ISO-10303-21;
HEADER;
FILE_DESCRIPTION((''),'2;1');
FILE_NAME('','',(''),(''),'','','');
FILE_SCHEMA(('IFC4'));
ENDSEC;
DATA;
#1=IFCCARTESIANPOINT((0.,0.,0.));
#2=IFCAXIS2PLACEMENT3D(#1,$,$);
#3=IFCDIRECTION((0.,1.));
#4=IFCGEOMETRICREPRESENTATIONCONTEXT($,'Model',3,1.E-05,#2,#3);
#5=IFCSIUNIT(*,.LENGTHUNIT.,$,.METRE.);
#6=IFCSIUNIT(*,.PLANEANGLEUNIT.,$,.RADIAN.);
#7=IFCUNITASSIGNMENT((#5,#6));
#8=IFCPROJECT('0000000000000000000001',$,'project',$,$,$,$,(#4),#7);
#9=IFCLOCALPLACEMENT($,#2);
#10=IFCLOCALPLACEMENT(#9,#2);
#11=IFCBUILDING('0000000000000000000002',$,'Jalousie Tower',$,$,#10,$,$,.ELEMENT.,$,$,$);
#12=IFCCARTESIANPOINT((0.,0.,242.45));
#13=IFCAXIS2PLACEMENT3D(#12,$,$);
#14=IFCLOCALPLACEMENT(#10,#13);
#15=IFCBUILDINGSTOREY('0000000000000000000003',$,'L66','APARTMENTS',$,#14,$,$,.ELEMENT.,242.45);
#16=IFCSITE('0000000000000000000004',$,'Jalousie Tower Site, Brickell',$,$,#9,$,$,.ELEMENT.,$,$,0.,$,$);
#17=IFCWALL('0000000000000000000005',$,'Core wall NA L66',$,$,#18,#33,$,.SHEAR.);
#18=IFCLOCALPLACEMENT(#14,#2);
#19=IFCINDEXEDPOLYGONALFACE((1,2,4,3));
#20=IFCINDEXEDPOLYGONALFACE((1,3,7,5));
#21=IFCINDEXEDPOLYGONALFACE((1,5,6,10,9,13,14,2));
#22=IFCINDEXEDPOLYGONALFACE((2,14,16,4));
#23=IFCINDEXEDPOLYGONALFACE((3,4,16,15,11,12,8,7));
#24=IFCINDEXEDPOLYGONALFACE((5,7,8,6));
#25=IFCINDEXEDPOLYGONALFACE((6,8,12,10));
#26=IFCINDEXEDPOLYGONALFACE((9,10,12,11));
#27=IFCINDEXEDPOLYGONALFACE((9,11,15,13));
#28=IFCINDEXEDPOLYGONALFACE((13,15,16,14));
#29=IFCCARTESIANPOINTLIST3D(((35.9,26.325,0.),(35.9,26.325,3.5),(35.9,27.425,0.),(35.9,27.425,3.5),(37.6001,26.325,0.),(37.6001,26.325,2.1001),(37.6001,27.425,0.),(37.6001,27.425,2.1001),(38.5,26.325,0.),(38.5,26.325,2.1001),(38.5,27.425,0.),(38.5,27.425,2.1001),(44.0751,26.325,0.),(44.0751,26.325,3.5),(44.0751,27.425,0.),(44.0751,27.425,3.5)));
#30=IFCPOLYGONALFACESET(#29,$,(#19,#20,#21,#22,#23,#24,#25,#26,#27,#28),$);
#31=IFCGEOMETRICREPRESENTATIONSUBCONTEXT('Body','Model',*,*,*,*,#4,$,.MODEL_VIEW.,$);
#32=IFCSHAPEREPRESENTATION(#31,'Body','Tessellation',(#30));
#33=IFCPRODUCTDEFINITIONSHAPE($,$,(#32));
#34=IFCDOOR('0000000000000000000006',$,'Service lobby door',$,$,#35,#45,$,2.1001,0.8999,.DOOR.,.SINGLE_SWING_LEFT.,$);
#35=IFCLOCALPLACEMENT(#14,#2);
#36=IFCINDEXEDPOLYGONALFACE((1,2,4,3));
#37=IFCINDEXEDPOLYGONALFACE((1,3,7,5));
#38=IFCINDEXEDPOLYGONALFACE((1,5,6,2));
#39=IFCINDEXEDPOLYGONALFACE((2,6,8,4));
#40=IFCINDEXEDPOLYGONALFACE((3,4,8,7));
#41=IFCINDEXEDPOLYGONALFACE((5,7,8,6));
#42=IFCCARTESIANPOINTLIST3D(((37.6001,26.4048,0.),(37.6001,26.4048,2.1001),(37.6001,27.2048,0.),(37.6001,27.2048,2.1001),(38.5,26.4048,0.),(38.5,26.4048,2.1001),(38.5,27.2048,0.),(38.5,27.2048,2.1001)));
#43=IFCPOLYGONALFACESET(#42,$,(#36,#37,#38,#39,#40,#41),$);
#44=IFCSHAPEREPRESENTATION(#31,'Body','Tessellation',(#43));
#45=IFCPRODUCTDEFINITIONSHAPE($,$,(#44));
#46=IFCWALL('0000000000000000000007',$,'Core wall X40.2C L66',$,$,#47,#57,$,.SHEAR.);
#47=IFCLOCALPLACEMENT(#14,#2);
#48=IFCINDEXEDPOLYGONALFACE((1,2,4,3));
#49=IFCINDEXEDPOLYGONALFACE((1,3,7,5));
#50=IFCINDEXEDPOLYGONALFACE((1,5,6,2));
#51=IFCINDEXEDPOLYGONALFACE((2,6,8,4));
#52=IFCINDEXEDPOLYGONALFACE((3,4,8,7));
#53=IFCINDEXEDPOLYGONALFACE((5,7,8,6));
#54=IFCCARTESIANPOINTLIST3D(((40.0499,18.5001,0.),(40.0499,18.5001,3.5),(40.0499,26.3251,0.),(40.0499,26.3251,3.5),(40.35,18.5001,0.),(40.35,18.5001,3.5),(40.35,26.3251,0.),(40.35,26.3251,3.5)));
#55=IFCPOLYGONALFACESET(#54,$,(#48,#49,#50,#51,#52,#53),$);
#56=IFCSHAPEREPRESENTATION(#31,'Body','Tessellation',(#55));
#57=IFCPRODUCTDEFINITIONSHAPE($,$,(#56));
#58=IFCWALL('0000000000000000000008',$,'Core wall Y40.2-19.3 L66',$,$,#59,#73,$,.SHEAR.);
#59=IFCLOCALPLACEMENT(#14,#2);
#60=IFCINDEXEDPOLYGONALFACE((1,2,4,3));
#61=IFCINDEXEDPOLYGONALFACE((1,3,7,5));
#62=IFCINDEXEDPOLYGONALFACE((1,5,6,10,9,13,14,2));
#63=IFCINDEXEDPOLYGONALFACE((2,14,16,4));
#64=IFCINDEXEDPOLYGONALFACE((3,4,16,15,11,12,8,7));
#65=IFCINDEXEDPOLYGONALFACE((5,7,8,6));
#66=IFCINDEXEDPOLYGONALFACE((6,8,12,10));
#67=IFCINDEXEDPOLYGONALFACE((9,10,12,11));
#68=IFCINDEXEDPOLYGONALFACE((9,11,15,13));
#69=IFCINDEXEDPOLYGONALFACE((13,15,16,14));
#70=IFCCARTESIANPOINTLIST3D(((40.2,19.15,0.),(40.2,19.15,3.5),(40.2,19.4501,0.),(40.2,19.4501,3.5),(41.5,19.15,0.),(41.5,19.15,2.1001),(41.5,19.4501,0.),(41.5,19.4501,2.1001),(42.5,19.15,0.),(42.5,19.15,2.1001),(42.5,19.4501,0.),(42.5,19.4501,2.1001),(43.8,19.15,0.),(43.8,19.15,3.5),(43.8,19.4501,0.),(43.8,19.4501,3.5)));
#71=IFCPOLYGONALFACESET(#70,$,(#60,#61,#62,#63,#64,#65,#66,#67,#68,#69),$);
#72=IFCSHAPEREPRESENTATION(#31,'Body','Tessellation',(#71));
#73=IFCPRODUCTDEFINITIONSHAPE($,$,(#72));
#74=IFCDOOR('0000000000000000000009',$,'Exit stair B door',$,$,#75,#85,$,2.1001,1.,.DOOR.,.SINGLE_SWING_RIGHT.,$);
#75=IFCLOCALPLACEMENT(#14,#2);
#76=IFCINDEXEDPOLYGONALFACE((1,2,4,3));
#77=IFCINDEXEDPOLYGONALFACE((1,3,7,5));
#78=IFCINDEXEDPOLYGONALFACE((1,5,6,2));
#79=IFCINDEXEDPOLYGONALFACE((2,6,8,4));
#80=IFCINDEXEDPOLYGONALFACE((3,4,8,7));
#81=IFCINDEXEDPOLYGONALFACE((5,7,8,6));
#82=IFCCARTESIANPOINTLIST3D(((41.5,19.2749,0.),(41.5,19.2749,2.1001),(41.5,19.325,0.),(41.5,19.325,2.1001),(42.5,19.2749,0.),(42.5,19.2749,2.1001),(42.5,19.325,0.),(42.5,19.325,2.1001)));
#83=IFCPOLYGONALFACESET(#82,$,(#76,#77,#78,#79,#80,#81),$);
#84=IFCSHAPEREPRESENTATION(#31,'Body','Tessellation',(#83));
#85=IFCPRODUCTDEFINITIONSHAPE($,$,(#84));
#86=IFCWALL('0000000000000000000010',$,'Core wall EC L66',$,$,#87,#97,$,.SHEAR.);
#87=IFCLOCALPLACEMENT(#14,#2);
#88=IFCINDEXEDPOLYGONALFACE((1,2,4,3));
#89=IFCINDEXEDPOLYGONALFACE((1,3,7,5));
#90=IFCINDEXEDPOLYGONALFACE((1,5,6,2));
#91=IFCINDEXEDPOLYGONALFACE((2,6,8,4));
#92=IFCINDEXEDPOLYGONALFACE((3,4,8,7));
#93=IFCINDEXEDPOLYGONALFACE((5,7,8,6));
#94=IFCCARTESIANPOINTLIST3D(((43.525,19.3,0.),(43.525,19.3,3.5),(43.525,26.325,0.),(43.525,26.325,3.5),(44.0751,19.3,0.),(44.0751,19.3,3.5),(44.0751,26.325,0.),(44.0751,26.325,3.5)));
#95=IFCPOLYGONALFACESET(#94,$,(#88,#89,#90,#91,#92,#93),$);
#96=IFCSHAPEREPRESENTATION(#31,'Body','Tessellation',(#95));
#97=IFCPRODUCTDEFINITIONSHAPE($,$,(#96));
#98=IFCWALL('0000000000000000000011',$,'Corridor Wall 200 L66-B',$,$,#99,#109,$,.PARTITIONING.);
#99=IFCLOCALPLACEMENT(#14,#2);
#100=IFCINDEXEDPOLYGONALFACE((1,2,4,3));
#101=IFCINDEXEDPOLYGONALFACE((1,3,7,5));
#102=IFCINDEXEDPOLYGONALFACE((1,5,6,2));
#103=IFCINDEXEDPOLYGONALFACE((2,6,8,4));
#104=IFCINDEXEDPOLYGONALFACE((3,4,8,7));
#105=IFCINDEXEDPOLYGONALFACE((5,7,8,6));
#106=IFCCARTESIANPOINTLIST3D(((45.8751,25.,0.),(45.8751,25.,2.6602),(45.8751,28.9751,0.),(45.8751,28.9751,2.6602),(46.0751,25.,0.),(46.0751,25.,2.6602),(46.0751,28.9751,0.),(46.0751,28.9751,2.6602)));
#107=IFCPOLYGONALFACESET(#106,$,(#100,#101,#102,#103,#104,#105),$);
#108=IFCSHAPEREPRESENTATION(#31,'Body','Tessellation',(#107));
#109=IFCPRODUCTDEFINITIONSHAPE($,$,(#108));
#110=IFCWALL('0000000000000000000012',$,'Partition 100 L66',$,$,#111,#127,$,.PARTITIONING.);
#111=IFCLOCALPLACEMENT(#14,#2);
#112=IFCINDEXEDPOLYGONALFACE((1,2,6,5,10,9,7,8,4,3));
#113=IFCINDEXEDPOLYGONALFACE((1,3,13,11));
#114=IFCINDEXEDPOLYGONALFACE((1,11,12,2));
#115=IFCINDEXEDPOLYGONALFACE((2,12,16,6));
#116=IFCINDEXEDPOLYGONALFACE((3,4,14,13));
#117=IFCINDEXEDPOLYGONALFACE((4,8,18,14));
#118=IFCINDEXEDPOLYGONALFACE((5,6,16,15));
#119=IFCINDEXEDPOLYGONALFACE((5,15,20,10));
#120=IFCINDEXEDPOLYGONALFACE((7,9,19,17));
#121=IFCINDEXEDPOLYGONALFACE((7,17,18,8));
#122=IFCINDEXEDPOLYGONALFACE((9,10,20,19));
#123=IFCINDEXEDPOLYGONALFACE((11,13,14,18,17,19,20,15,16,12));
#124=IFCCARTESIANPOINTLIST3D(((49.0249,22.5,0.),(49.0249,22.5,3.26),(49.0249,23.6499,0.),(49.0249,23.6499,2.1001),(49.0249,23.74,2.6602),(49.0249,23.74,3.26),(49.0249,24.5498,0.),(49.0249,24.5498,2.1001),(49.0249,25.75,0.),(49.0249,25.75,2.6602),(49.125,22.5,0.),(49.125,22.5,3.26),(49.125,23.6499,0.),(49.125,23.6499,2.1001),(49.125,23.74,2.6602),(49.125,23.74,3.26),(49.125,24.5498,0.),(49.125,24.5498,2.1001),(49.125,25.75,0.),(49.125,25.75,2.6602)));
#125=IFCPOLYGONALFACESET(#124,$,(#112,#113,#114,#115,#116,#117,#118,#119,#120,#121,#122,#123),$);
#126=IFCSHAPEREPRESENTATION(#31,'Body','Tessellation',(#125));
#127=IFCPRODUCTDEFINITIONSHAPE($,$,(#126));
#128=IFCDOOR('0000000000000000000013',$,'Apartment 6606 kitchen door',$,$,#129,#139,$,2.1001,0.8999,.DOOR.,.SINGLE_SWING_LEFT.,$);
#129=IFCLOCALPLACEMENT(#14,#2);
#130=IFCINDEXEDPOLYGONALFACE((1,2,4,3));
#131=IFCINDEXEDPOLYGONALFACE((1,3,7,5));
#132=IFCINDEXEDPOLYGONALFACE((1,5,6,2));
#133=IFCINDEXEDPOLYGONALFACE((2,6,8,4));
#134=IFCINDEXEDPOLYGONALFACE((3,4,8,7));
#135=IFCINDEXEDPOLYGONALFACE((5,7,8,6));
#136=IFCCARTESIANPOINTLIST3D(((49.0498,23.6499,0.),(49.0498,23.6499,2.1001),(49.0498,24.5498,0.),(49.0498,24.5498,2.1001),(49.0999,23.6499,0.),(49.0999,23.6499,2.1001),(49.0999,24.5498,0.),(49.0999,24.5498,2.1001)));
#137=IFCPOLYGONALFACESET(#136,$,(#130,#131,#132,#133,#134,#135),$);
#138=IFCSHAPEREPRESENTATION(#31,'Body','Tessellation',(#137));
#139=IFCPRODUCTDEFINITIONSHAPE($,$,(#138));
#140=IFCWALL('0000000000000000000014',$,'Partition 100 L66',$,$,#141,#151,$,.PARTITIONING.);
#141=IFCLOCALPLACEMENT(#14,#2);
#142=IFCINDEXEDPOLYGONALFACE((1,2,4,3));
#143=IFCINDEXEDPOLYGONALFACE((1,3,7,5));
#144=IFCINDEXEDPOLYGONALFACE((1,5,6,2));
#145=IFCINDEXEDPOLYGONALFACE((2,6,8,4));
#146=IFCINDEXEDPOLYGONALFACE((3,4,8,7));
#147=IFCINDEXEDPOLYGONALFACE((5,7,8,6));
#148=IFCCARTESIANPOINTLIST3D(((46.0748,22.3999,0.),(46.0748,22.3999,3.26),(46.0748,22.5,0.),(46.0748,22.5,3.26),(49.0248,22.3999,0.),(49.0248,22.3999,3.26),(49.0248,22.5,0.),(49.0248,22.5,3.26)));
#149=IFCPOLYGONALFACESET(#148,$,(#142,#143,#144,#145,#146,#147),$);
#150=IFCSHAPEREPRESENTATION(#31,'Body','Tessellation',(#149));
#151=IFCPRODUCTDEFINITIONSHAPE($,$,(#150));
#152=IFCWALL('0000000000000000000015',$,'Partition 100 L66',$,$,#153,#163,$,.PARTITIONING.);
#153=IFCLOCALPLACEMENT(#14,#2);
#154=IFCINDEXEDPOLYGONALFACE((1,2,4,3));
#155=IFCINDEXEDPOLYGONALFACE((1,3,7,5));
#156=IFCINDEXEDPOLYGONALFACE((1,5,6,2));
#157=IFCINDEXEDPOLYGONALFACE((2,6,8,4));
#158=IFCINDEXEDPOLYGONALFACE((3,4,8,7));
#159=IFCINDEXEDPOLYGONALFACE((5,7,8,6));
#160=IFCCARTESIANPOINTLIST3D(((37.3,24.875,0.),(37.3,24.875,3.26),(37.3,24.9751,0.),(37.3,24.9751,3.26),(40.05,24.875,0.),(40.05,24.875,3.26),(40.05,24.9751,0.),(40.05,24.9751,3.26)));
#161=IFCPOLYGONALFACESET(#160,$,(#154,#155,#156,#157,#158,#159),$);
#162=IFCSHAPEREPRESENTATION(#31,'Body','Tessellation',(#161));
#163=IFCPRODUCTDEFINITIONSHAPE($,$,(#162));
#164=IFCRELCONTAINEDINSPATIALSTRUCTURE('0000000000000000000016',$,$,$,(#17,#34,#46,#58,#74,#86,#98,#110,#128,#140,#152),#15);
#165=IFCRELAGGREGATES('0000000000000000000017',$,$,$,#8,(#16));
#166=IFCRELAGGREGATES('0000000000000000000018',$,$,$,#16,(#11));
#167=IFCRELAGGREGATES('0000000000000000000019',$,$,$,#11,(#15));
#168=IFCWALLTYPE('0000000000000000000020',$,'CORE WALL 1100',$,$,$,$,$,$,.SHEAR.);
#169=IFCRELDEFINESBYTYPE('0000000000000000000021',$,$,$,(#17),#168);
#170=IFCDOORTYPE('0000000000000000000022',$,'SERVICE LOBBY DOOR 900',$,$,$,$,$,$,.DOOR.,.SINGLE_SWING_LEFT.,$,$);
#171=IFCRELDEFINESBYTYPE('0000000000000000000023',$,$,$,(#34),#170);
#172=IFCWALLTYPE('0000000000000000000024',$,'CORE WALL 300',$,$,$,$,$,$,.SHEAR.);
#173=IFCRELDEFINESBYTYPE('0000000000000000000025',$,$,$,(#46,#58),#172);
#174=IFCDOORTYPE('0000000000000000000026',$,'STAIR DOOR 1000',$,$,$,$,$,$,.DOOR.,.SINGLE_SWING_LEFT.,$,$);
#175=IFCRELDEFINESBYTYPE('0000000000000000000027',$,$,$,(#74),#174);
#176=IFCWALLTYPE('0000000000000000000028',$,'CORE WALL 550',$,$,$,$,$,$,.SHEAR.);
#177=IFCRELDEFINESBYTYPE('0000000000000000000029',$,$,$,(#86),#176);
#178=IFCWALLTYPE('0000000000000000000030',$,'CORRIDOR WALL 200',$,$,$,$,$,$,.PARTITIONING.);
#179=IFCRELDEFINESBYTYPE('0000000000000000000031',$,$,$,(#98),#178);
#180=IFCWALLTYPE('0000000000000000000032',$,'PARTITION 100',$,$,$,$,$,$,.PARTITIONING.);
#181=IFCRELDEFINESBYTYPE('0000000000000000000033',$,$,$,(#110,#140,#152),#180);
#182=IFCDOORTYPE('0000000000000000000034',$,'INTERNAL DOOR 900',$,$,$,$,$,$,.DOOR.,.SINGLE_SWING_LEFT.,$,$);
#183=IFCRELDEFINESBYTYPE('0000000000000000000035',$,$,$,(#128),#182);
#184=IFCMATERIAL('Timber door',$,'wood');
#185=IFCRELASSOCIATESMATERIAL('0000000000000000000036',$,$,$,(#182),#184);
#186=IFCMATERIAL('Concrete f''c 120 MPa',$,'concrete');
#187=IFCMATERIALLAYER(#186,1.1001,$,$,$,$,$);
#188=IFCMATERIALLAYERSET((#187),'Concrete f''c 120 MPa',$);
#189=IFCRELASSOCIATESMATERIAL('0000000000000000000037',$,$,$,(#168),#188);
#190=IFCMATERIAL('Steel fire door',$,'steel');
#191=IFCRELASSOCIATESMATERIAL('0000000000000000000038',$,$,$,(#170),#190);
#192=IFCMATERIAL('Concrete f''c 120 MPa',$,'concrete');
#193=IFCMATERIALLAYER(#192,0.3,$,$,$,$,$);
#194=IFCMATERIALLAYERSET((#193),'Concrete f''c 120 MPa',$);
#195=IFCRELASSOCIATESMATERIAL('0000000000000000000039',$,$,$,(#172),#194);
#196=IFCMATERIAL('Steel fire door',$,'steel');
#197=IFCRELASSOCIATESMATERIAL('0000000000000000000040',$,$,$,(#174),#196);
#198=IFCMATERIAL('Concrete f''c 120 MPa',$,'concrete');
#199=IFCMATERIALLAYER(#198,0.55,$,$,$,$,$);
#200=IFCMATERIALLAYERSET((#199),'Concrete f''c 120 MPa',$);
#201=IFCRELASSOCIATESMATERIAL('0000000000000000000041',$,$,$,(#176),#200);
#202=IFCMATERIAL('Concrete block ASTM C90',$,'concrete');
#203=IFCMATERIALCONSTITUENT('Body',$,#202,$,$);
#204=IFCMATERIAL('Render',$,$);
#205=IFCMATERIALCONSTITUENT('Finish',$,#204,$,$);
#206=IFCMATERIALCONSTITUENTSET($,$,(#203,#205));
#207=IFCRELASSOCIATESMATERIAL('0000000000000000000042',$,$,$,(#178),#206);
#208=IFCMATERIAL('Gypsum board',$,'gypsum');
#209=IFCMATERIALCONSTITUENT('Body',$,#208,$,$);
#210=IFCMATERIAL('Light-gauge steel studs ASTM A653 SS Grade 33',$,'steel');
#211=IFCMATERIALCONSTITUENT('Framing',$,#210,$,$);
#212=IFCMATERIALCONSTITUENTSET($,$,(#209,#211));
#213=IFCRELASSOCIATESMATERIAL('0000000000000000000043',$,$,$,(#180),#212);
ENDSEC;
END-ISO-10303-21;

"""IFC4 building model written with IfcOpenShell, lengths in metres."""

from ifc_helpers import new_model, si_unit, direction, frame, frame_2d, origin, place, context, subcontext, project, spatial, polyline, rectangle, outline, extrude, material, layer, layer_set, constituent, constituent_set, type_object, element, fill, save


model = new_model("IFC4")

# Units and contexts
model_context = context("Model", 3, precision=1e-05, world=origin(), true_north=direction((0.0, 1.0)))
body_context = subcontext(model_context, "Body", "Model", "MODEL_VIEW")
ifc_project = project(units=[si_unit("LENGTHUNIT", "METRE"), si_unit("PLANEANGLEUNIT", "RADIAN")], contexts=[model_context])

# Site, building, storey
site_placement = place(None, origin())
site = spatial("IfcSite", under=ifc_project, at=site_placement, Name="Jalousie Tower Site, Brickell", CompositionType="ELEMENT", RefElevation=0.0)
building_placement = place(site_placement, origin())
building = spatial("IfcBuilding", under=site, at=building_placement, Name="Jalousie Tower", CompositionType="ELEMENT")
storey_placement = place(building_placement, frame((0.0, 0.0, 242.45)))
storey = spatial("IfcBuildingStorey", under=building, at=storey_placement, Name="L66", Description="APARTMENTS", CompositionType="ELEMENT", Elevation=242.45)

# Shared definitions
ifc_material_1 = material(Name="Timber door", Category="wood")
door_type_1 = type_object("IfcDoorType", Name="INTERNAL DOOR 900", OperationType="SINGLE_SWING_LEFT", PredefinedType="DOOR", material=ifc_material_1)

# Wall, opening, door
ifc_material_2 = material(Name="Concrete f'c 120 MPa", Category="concrete")
ifc_layer_1 = layer(ifc_material_2, 1.1001)
ifc_layer_set_1 = layer_set([ifc_layer_1], Name="Concrete f'c 120 MPa")
wall_type_1 = type_object("IfcWallType", Name="CORE WALL 1100", PredefinedType="SHEAR", material=ifc_layer_set_1)
wall_1_placement = place(storey_placement, frame((44.075, 26.875, 0.0), z_axis=(0.0, 0.0, 1.0), x_axis=(-1.0, 0.0, 0.0)))
wall_1 = element("IfcWall", 1, at=wall_1_placement, inside=storey, type_object=wall_type_1, Name="Core wall NA L66", PredefinedType="SHEAR", context=body_context, shape_type="SweptSolid", body=[
    extrude(rectangle(XDim=8.175, YDim=1.1001, at=frame_2d((4.0874, 0.0))), origin(), (0.0, 0.0, 1.0), 3.5),
])
opening_1_placement = place(wall_1_placement, frame((5.575, 0.0, 0.0)))
opening_1 = element("IfcOpeningElement", 2, at=opening_1_placement, cuts=wall_1, PredefinedType="OPENING", context=body_context, shape_type="SweptSolid", body=[
    extrude(rectangle(XDim=0.8999, YDim=2.1001, at=frame_2d((0.45, 1.05))), frame((0.0, 0.5601, 0.0), z_axis=(0.0, -1.0, 0.0), x_axis=(1.0, 0.0, 0.0)), (0.0, 0.0, 1.0), 1.1201),
])
ifc_material_3 = material(Name="Steel fire door", Category="steel")
door_type_2 = type_object("IfcDoorType", Name="SERVICE LOBBY DOOR 900", OperationType="SINGLE_SWING_LEFT", PredefinedType="DOOR", material=ifc_material_3)
door_1_placement = place(opening_1_placement, origin())
door_1 = element("IfcDoor", 3, at=door_1_placement, inside=storey, type_object=door_type_2, Name="Service lobby door", OperationType="SINGLE_SWING_LEFT", OverallHeight=2.1001, OverallWidth=0.8999, PredefinedType="DOOR", context=body_context, shape_type="SweptSolid", body=[
    extrude(rectangle(XDim=0.8999, YDim=2.1001, at=frame_2d((0.45, 1.05))), frame((0.0, 0.4702, 0.0), z_axis=(0.0, -1.0, 0.0), x_axis=(1.0, 0.0, 0.0)), (0.0, 0.0, 1.0), 0.8),
])
fill(opening_1, door_1)

# Wall
ifc_material_4 = material(Name="Concrete f'c 120 MPa", Category="concrete")
ifc_layer_2 = layer(ifc_material_4, 0.3)
ifc_layer_set_2 = layer_set([ifc_layer_2], Name="Concrete f'c 120 MPa")
wall_type_2 = type_object("IfcWallType", Name="CORE WALL 300", PredefinedType="SHEAR", material=ifc_layer_set_2)
wall_2_placement = place(storey_placement, frame((40.2, 18.5, 0.0), z_axis=(0.0, 0.0, 1.0), x_axis=(0.0, 1.0, 0.0)))
element("IfcWall", 4, at=wall_2_placement, inside=storey, type_object=wall_type_2, Name="Core wall X40.2C L66", PredefinedType="SHEAR", context=body_context, shape_type="SweptSolid", body=[
    extrude(rectangle(XDim=7.825, YDim=0.3, at=frame_2d((3.9126, 0.0))), origin(), (0.0, 0.0, 1.0), 3.5),
])

# Wall, opening, door
wall_3_placement = place(storey_placement, frame((40.2, 19.3, 0.0), z_axis=(0.0, 0.0, 1.0), x_axis=(1.0, 0.0, 0.0)))
wall_3 = element("IfcWall", 5, at=wall_3_placement, inside=storey, type_object=wall_type_2, Name="Core wall Y40.2-19.3 L66", PredefinedType="SHEAR", context=body_context, shape_type="SweptSolid", body=[
    extrude(rectangle(XDim=3.6001, YDim=0.3, at=frame_2d((1.8, 0.0))), origin(), (0.0, 0.0, 1.0), 3.5),
])
opening_2_placement = place(wall_3_placement, frame((1.3, 0.0, 0.0)))
opening_2 = element("IfcOpeningElement", 6, at=opening_2_placement, cuts=wall_3, PredefinedType="OPENING", context=body_context, shape_type="SweptSolid", body=[
    extrude(rectangle(XDim=1.0, YDim=2.1001, at=frame_2d((0.5, 1.05))), frame((0.0, 0.1599, 0.0), z_axis=(0.0, -1.0, 0.0), x_axis=(1.0, 0.0, 0.0)), (0.0, 0.0, 1.0), 0.3201),
])
ifc_material_5 = material(Name="Steel fire door", Category="steel")
door_type_3 = type_object("IfcDoorType", Name="STAIR DOOR 1000", OperationType="SINGLE_SWING_LEFT", PredefinedType="DOOR", material=ifc_material_5)
door_2_placement = place(opening_2_placement, origin())
door_2 = element("IfcDoor", 7, at=door_2_placement, inside=storey, type_object=door_type_3, Name="Exit stair B door", OperationType="SINGLE_SWING_RIGHT", OverallHeight=2.1001, OverallWidth=1.0, PredefinedType="DOOR", context=body_context, shape_type="SweptSolid", body=[
    extrude(rectangle(XDim=1.0, YDim=2.1001, at=frame_2d((0.5, 1.05))), frame((0.0, 0.0249, 0.0), z_axis=(0.0, -1.0, 0.0), x_axis=(1.0, 0.0, 0.0)), (0.0, 0.0, 1.0), 0.05),
])
fill(opening_2, door_2)

# Walls
ifc_material_6 = material(Name="Concrete f'c 120 MPa", Category="concrete")
ifc_layer_3 = layer(ifc_material_6, 0.55)
ifc_layer_set_3 = layer_set([ifc_layer_3], Name="Concrete f'c 120 MPa")
wall_type_3 = type_object("IfcWallType", Name="CORE WALL 550", PredefinedType="SHEAR", material=ifc_layer_set_3)
wall_4_placement = place(storey_placement, frame((43.8, 19.3, 0.0), z_axis=(0.0, 0.0, 1.0), x_axis=(0.0, 1.0, 0.0)))
element("IfcWall", 8, at=wall_4_placement, inside=storey, type_object=wall_type_3, Name="Core wall EC L66", PredefinedType="SHEAR", context=body_context, shape_type="SweptSolid", body=[
    extrude(rectangle(XDim=7.0249, YDim=0.55, at=frame_2d((3.5125, 0.0))), origin(), (0.0, 0.0, 1.0), 3.5),
])
ifc_material_7 = material(Name="Concrete block ASTM C90", Category="concrete")
ifc_constituent_1 = constituent(ifc_material_7, Name="Body")
ifc_material_8 = material(Name="Render")
ifc_constituent_2 = constituent(ifc_material_8, Name="Finish")
ifc_constituent_set_1 = constituent_set(constituents=[ifc_constituent_1, ifc_constituent_2])
wall_type_4 = type_object("IfcWallType", Name="CORRIDOR WALL 200", PredefinedType="PARTITIONING", material=ifc_constituent_set_1)
wall_5_placement = place(storey_placement, frame((45.9751, 25.0, 0.0), z_axis=(0.0, 0.0, 1.0), x_axis=(0.0, 1.0, 0.0)))
element("IfcWall", 9, at=wall_5_placement, inside=storey, type_object=wall_type_4, Name="Corridor Wall 200 L66-B", PredefinedType="PARTITIONING", context=body_context, shape_type="SweptSolid", body=[
    extrude(rectangle(XDim=3.9751, YDim=0.2, at=frame_2d((1.9875, 0.0))), origin(), (0.0, 0.0, 1.0), 2.6602),
])

# Wall, opening, door
ifc_material_9 = material(Name="Gypsum board", Category="gypsum")
ifc_constituent_3 = constituent(ifc_material_9, Name="Body")
ifc_material_10 = material(Name="Light-gauge steel studs ASTM A653 SS Grade 33", Category="steel")
ifc_constituent_4 = constituent(ifc_material_10, Name="Framing")
ifc_constituent_set_2 = constituent_set(constituents=[ifc_constituent_3, ifc_constituent_4])
wall_type_5 = type_object("IfcWallType", Name="PARTITION 100", PredefinedType="PARTITIONING", material=ifc_constituent_set_2)
wall_6_placement = place(storey_placement, frame((49.075, 22.5, 0.0), z_axis=(0.0, 0.0, 1.0), x_axis=(0.0, 1.0, 0.0)))
wall_6 = element("IfcWall", 10, at=wall_6_placement, inside=storey, type_object=wall_type_5, Name="Partition 100 L66", PredefinedType="PARTITIONING", context=body_context, shape_type="SweptSolid", body=[
    extrude(outline(polyline([(0.0, 0.0), (3.25, 0.0), (3.25, 3.26), (3.25, 2.6602), (1.24, 2.6602), (1.24, 3.26), (0.0, 3.26), (0.0, 0.0)])), frame((0.0, 0.05, 0.0), z_axis=(0.0, -1.0, 0.0), x_axis=(1.0, 0.0, 0.0)), (0.0, 0.0, 1.0), 0.1001),
])
opening_3_placement = place(wall_6_placement, frame((1.1499, 0.0, 0.0)))
opening_3 = element("IfcOpeningElement", 11, at=opening_3_placement, cuts=wall_6, PredefinedType="OPENING", context=body_context, shape_type="SweptSolid", body=[
    extrude(rectangle(XDim=0.8999, YDim=2.1001, at=frame_2d((0.45, 1.05))), frame((0.0, 0.0601, 0.0), z_axis=(0.0, -1.0, 0.0), x_axis=(1.0, 0.0, 0.0)), (0.0, 0.0, 1.0), 0.1201),
])
door_3_placement = place(opening_3_placement, frame((0.8999, 0.0, 0.0), z_axis=(0.0, 0.0, 1.0), x_axis=(-1.0, 0.0, 0.0)))
door_3 = element("IfcDoor", 12, at=door_3_placement, inside=storey, type_object=door_type_1, Name="Apartment 6606 kitchen door", OperationType="SINGLE_SWING_LEFT", OverallHeight=2.1001, OverallWidth=0.8999, PredefinedType="DOOR", context=body_context, shape_type="SweptSolid", body=[
    extrude(rectangle(XDim=0.8999, YDim=2.1001, at=frame_2d((0.45, 1.05))), frame((0.0, 0.0249, 0.0), z_axis=(0.0, -1.0, 0.0), x_axis=(1.0, 0.0, 0.0)), (0.0, 0.0, 1.0), 0.05),
])
fill(opening_3, door_3)

# Walls
wall_7_placement = place(storey_placement, frame((49.0249, 22.45, 0.0), z_axis=(0.0, 0.0, 1.0), x_axis=(-1.0, 0.0, 0.0)))
element("IfcWall", 13, at=wall_7_placement, inside=storey, type_object=wall_type_5, Name="Partition 100 L66", PredefinedType="PARTITIONING", context=body_context, shape_type="SweptSolid", body=[
    extrude(rectangle(XDim=2.95, YDim=0.1001, at=frame_2d((1.4751, 0.0))), origin(), (0.0, 0.0, 1.0), 3.26),
])
wall_8_placement = place(storey_placement, frame((37.3, 24.925, 0.0), z_axis=(0.0, 0.0, 1.0), x_axis=(1.0, 0.0, 0.0)))
element("IfcWall", 14, at=wall_8_placement, inside=storey, type_object=wall_type_5, Name="Partition 100 L66", PredefinedType="PARTITIONING", context=body_context, shape_type="SweptSolid", body=[
    extrude(rectangle(XDim=2.75, YDim=0.1001, at=frame_2d((1.375, 0.0))), origin(), (0.0, 0.0, 1.0), 3.26),
])

save(model, "model.ifc")
